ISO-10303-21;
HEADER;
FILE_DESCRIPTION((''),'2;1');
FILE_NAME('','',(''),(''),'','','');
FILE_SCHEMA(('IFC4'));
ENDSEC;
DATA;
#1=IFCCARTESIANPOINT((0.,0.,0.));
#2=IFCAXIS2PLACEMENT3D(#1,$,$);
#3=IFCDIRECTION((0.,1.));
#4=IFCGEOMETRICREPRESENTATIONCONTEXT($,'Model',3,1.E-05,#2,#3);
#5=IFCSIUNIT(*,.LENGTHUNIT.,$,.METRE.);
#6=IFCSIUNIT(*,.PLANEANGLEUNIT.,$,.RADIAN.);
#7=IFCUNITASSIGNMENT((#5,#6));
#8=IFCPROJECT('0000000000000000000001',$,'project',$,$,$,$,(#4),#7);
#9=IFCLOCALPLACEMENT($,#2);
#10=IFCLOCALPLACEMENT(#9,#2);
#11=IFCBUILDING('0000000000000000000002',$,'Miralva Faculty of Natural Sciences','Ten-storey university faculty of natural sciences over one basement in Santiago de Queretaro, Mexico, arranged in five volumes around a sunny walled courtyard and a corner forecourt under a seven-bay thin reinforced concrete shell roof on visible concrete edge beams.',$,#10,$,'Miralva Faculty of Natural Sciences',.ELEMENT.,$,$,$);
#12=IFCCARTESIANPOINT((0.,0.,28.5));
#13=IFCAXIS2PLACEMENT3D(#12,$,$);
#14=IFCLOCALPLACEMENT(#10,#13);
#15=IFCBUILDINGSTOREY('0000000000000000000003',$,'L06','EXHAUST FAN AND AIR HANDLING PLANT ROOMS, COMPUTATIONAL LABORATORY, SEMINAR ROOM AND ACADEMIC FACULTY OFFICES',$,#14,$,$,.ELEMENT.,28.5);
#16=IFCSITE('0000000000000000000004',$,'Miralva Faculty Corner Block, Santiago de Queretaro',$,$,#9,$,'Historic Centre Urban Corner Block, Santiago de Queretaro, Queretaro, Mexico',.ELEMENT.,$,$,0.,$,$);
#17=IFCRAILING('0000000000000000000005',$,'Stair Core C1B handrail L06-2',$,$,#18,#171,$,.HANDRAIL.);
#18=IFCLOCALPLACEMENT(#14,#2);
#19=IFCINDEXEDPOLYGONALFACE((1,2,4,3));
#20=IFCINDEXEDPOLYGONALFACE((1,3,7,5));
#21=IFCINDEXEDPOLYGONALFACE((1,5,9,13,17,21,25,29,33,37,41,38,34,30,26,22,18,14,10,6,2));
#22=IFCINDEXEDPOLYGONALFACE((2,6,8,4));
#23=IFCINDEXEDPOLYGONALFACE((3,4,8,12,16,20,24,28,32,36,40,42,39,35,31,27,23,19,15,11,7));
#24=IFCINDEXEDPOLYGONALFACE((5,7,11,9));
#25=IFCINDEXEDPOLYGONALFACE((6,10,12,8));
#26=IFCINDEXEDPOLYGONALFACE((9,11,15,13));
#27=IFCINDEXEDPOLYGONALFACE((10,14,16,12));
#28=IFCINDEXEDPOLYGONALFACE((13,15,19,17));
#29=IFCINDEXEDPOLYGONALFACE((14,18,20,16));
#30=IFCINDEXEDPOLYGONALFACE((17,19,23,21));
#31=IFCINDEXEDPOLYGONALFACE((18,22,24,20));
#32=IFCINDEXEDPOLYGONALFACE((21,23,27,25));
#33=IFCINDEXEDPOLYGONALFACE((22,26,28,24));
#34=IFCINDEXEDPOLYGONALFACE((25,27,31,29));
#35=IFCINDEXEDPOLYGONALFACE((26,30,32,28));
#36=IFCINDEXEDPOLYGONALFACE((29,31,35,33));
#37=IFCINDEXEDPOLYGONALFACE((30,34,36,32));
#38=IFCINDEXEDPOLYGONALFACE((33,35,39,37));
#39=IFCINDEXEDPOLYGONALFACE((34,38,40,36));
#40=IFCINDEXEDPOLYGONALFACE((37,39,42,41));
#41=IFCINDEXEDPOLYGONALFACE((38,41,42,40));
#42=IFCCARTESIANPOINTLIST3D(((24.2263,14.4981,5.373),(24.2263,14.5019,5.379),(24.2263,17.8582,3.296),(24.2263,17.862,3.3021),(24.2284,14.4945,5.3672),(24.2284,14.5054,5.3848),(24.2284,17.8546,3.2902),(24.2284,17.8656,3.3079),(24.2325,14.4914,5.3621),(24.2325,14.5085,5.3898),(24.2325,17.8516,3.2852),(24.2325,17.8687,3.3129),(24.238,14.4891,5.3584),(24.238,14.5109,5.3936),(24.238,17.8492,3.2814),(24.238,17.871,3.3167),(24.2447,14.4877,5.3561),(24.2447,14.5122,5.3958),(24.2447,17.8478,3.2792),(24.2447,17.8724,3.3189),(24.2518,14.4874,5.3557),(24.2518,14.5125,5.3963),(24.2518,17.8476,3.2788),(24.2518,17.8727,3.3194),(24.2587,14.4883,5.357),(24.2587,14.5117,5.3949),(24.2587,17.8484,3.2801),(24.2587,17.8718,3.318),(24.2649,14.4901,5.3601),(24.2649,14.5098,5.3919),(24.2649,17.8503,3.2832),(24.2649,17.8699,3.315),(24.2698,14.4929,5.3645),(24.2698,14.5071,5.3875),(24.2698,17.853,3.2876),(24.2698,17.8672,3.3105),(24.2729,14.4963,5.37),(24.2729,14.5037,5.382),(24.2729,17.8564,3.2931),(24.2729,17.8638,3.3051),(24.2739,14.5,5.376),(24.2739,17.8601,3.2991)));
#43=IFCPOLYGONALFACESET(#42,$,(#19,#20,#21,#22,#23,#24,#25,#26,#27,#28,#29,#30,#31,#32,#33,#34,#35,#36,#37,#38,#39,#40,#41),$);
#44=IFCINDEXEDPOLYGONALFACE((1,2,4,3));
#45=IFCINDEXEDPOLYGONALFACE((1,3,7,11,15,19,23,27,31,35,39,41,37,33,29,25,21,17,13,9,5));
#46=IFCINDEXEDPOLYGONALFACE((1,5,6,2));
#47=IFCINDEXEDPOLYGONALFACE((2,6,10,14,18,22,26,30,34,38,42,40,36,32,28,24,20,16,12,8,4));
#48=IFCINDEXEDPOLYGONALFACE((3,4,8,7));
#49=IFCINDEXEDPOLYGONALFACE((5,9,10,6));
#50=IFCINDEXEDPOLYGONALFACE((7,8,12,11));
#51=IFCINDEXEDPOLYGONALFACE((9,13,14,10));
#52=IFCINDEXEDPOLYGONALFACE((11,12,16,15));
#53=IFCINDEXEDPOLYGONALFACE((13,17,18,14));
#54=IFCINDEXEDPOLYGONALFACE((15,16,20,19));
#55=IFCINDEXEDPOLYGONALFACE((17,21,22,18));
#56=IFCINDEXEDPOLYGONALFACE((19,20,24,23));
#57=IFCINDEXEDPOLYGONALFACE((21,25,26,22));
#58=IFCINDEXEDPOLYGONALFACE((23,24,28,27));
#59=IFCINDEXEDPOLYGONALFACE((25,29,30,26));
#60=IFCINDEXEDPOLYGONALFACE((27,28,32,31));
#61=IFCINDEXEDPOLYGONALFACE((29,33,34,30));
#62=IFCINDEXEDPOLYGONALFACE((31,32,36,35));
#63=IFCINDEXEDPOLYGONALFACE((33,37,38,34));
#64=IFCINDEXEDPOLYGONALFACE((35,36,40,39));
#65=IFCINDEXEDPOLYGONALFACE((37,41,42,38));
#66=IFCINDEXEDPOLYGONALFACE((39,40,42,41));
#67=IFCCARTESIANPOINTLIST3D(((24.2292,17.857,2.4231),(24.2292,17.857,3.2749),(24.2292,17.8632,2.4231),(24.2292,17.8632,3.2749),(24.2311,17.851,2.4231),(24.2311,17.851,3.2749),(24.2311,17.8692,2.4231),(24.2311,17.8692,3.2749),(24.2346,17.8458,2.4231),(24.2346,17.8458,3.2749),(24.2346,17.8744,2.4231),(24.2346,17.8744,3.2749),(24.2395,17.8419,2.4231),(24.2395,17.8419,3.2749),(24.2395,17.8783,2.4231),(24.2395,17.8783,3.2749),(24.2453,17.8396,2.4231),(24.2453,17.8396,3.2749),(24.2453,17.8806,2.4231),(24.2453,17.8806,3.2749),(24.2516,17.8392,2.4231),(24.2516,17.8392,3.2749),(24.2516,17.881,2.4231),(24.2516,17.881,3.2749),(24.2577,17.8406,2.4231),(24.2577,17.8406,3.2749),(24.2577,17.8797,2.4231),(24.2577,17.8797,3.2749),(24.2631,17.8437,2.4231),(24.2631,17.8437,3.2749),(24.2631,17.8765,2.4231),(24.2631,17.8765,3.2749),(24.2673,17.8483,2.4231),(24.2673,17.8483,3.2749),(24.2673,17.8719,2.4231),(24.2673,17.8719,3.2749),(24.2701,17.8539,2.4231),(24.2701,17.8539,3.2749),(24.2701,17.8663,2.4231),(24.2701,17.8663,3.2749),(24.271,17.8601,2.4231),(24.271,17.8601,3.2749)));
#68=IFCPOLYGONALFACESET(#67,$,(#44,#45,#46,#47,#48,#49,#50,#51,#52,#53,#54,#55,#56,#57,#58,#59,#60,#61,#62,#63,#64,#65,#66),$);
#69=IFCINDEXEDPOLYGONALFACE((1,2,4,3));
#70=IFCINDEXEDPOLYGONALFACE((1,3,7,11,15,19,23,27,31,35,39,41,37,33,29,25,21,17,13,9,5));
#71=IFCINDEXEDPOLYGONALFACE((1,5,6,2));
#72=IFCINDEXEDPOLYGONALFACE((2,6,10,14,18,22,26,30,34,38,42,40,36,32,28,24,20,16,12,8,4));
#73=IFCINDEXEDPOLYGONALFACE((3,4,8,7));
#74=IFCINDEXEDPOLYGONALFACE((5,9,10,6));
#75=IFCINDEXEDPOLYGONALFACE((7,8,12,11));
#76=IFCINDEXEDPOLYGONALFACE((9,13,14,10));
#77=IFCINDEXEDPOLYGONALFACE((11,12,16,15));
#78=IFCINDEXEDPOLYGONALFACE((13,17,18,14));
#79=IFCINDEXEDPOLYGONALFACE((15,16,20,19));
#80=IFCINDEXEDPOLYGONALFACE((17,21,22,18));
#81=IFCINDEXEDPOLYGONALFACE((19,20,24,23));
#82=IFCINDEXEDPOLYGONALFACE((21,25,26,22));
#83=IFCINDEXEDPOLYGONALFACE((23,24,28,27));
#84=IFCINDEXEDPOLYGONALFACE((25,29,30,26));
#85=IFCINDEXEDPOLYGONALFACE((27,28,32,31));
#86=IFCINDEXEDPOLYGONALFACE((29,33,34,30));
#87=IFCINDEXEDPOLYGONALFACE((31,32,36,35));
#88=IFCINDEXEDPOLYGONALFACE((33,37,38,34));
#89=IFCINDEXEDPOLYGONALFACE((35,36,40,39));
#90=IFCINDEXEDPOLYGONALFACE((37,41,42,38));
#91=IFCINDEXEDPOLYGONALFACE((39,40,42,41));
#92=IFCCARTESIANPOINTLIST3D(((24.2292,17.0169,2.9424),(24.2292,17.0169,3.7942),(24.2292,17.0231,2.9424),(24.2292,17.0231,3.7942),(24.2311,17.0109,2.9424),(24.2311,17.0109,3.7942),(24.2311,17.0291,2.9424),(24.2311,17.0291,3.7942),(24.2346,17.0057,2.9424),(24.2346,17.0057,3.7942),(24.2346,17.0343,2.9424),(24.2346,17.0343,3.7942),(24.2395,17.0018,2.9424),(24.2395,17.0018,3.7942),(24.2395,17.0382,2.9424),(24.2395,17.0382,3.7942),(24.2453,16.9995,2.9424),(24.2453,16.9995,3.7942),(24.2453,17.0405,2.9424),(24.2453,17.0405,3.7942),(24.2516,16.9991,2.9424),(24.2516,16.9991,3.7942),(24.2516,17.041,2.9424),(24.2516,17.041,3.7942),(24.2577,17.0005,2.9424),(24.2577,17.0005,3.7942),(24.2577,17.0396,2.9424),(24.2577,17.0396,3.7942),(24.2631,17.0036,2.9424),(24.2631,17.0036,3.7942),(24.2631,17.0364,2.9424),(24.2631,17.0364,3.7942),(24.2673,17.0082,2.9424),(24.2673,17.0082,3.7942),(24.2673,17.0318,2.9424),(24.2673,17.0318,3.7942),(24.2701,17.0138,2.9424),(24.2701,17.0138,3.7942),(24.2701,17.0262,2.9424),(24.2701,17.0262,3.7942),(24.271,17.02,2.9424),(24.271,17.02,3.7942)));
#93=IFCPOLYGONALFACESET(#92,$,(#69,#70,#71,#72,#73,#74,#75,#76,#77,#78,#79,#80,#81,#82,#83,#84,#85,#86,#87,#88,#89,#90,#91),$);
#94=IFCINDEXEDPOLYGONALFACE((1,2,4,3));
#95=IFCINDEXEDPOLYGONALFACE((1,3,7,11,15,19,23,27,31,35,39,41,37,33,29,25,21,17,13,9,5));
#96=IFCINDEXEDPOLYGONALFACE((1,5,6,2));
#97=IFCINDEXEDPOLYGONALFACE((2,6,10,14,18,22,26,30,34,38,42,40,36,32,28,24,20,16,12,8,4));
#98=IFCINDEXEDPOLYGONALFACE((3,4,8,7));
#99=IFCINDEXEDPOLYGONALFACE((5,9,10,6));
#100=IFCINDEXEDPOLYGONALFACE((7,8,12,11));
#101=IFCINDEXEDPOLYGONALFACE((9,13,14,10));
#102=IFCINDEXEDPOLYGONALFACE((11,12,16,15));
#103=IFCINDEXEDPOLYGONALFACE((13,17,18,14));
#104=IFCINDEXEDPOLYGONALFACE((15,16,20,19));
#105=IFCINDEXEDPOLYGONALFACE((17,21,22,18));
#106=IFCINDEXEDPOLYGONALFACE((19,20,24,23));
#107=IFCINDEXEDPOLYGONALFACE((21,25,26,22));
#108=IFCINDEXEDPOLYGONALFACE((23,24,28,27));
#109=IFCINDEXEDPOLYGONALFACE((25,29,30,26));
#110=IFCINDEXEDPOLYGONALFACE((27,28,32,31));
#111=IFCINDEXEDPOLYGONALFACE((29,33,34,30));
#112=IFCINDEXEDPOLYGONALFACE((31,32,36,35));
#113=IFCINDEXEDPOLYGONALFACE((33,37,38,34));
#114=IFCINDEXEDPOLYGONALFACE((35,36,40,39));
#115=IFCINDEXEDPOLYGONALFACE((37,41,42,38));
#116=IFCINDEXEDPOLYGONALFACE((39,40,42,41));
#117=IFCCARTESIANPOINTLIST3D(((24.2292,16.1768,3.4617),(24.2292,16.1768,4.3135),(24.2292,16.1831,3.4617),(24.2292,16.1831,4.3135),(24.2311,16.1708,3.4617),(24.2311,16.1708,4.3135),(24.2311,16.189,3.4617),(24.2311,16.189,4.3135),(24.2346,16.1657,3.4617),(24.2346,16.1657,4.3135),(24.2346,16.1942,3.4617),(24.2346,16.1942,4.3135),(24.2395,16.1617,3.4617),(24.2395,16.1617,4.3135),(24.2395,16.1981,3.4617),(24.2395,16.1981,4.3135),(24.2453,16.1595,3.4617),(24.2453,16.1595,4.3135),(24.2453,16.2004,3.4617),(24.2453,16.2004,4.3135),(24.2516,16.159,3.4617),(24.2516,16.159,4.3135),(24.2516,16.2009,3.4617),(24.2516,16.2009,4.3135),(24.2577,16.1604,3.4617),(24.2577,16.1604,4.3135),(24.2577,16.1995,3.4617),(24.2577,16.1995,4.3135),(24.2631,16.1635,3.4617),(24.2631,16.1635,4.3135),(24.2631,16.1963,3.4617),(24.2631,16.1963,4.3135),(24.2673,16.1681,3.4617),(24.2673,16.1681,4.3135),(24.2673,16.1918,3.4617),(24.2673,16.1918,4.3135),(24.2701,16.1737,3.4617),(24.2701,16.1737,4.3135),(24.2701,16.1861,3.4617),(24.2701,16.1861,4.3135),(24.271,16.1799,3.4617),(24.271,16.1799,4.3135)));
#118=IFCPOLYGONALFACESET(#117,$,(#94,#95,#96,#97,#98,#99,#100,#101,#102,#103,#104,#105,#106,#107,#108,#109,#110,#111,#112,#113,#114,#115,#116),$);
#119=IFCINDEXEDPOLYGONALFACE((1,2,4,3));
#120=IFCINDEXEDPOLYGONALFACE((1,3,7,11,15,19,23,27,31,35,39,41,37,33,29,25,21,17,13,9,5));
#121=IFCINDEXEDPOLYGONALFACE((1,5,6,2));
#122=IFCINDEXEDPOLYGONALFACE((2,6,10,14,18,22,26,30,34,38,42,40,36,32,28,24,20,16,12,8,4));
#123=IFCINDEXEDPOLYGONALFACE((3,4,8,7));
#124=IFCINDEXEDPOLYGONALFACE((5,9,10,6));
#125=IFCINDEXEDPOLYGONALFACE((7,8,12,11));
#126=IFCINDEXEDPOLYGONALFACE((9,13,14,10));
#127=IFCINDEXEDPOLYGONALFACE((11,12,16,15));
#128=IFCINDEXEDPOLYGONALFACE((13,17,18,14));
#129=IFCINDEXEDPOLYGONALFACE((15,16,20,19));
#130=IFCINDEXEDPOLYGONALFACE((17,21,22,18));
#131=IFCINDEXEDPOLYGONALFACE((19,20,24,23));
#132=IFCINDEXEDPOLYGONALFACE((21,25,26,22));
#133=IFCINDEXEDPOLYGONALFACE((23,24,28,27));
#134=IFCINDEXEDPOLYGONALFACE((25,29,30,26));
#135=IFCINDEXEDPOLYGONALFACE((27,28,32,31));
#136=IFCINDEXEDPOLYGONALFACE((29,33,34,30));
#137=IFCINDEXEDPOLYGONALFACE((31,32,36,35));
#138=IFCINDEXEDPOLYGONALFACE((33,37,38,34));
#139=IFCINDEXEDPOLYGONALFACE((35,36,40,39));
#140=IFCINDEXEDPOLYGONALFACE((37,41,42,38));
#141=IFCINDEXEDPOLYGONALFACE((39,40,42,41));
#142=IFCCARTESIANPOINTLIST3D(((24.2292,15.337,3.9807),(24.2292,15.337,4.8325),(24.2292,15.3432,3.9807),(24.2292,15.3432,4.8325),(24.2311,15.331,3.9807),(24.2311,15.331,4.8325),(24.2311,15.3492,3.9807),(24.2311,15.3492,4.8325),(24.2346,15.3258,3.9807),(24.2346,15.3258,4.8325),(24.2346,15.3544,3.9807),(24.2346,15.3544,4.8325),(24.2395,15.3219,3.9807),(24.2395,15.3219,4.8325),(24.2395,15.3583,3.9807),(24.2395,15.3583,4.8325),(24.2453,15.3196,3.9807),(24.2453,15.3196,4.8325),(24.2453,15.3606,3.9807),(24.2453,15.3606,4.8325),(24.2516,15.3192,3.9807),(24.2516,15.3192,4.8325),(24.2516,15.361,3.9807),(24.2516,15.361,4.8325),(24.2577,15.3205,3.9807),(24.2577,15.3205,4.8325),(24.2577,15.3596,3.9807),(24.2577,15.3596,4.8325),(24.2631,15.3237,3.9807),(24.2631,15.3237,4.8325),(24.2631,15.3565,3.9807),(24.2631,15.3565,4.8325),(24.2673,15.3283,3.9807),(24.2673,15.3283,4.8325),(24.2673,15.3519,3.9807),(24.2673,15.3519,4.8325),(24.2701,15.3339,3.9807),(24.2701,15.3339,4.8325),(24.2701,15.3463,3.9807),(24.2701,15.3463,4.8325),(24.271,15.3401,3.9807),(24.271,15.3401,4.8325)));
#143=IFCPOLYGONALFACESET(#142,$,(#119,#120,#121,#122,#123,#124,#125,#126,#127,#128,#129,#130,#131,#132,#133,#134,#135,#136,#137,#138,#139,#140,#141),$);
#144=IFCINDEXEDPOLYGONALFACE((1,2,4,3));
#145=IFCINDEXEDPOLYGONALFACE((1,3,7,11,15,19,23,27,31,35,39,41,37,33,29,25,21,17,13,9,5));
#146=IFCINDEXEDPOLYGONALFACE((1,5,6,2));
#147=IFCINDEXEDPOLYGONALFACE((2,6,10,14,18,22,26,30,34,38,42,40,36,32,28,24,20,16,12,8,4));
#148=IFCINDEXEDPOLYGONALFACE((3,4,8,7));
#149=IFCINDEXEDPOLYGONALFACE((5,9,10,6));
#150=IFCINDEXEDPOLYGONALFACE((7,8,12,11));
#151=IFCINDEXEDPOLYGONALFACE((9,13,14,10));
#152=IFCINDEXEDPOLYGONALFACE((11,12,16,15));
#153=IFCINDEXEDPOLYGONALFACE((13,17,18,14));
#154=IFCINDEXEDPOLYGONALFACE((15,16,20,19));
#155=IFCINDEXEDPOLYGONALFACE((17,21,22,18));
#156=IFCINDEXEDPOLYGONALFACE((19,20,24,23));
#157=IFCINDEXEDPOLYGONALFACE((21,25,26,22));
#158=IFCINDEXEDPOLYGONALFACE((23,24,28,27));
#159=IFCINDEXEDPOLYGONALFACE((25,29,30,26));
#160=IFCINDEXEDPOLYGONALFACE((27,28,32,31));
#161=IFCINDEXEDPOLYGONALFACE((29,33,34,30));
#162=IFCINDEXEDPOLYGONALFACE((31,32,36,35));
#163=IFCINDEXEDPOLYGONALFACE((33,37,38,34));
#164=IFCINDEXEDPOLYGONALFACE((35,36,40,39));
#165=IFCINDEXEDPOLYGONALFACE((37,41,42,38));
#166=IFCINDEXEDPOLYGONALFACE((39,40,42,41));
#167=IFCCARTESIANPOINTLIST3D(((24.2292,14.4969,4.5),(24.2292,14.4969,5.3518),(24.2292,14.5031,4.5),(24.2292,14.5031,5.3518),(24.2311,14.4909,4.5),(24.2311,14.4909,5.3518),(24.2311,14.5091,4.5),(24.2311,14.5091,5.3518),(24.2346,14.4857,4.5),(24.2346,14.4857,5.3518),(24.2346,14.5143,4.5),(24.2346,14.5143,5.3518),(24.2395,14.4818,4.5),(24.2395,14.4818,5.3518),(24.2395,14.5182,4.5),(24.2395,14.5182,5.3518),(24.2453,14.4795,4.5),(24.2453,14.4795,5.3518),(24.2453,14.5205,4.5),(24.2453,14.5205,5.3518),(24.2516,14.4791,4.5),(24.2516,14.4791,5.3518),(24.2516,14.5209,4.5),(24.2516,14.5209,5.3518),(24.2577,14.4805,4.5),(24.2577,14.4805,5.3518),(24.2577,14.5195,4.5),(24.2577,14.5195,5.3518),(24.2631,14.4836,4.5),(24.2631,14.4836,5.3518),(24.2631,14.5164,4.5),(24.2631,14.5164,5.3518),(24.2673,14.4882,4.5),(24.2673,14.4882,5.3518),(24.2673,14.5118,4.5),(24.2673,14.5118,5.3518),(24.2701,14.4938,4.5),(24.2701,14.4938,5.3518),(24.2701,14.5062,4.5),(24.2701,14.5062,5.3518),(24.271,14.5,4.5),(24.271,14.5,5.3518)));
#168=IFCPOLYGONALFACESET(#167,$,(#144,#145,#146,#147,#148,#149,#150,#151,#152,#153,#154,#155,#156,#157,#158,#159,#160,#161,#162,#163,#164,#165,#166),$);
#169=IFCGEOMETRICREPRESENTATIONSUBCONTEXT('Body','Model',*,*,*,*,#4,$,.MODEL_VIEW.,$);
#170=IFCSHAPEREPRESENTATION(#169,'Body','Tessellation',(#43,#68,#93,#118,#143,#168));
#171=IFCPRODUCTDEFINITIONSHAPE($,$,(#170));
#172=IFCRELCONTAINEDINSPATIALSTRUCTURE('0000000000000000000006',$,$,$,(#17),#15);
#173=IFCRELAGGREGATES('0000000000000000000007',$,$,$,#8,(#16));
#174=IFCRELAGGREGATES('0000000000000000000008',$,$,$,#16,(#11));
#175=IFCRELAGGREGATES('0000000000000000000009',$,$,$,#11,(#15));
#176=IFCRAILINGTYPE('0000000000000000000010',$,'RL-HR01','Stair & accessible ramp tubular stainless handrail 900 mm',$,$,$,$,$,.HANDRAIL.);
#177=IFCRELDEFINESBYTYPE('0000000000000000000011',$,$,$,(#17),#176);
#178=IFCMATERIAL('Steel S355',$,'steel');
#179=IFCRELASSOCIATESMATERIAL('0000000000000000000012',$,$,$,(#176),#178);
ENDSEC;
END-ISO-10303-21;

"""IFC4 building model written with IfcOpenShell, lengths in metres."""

from ifc_helpers import new_model, si_unit, direction, frame, origin, origin_2d, place, context, subcontext, project, spatial, circle, extrude, material, type_object, element, save


model = new_model("IFC4")

# Units and contexts
model_context = context("Model", 3, precision=1e-05, world=origin(), true_north=direction((0.0, 1.0)))
body_context = subcontext(model_context, "Body", "Model", "MODEL_VIEW")
ifc_project = project(units=[si_unit("LENGTHUNIT", "METRE"), si_unit("PLANEANGLEUNIT", "RADIAN")], contexts=[model_context])

# Site, building, storey
site_placement = place(None, origin())
site = spatial("IfcSite", under=ifc_project, at=site_placement, Name="Miralva Faculty Corner Block, Santiago de Queretaro", LongName="Historic Centre Urban Corner Block, Santiago de Queretaro, Queretaro, Mexico", CompositionType="ELEMENT", RefElevation=0.0)
building_placement = place(site_placement, origin())
building = spatial("IfcBuilding", under=site, at=building_placement, Name="Miralva Faculty of Natural Sciences", Description="Ten-storey university faculty of natural sciences over one basement in Santiago de Queretaro, Mexico, arranged in five volumes around a sunny walled courtyard and a corner forecourt under a seven-bay thin reinforced concrete shell roof on visible concrete edge beams.", LongName="Miralva Faculty of Natural Sciences", CompositionType="ELEMENT")
storey_placement = place(building_placement, frame((0.0, 0.0, 28.5)))
storey = spatial("IfcBuildingStorey", under=building, at=storey_placement, Name="L06", Description="EXHAUST FAN AND AIR HANDLING PLANT ROOMS, COMPUTATIONAL LABORATORY, SEMINAR ROOM AND ACADEMIC FACULTY OFFICES", CompositionType="ELEMENT", Elevation=28.5)

# Shared definitions
ifc_material_1 = material(Name="Steel S355", Category="steel")

# Railing
railing_type_1 = type_object("IfcRailingType", Name="RL-HR01", Description="Stair & accessible ramp tubular stainless handrail 900 mm", PredefinedType="HANDRAIL", material=ifc_material_1)
railing_1_placement = place(storey_placement, frame((24.25, 17.8601, 2.4231)))
element("IfcRailing", 1, at=railing_1_placement, inside=storey, type_object=railing_type_1, Name="Stair Core C1B handrail L06-2", PredefinedType="HANDRAIL", context=body_context, shape_type="SweptSolid", body=[
    extrude(circle(Radius=0.0239, at=origin_2d()), frame((0.0, 0.0, 0.876), z_axis=(0.0, -0.850623, 0.525776), x_axis=(1.0, 0.0, 0.0)), (0.0, 0.0, 1.0), 3.9502),
    extrude(circle(Radius=0.021, at=origin_2d()), origin(), (0.0, 0.0, 1.0), 0.8518),
    extrude(circle(Radius=0.021, at=origin_2d()), frame((0.0, -0.8401, 0.5193)), (0.0, 0.0, 1.0), 0.8518),
    extrude(circle(Radius=0.021, at=origin_2d()), frame((0.0, -1.6802, 1.0386)), (0.0, 0.0, 1.0), 0.8518),
    extrude(circle(Radius=0.021, at=origin_2d()), frame((0.0, -2.52, 1.5576)), (0.0, 0.0, 1.0), 0.8518),
    extrude(circle(Radius=0.021, at=origin_2d()), frame((0.0, -3.3601, 2.0769)), (0.0, 0.0, 1.0), 0.8518),
])

save(model, "model.ifc")
